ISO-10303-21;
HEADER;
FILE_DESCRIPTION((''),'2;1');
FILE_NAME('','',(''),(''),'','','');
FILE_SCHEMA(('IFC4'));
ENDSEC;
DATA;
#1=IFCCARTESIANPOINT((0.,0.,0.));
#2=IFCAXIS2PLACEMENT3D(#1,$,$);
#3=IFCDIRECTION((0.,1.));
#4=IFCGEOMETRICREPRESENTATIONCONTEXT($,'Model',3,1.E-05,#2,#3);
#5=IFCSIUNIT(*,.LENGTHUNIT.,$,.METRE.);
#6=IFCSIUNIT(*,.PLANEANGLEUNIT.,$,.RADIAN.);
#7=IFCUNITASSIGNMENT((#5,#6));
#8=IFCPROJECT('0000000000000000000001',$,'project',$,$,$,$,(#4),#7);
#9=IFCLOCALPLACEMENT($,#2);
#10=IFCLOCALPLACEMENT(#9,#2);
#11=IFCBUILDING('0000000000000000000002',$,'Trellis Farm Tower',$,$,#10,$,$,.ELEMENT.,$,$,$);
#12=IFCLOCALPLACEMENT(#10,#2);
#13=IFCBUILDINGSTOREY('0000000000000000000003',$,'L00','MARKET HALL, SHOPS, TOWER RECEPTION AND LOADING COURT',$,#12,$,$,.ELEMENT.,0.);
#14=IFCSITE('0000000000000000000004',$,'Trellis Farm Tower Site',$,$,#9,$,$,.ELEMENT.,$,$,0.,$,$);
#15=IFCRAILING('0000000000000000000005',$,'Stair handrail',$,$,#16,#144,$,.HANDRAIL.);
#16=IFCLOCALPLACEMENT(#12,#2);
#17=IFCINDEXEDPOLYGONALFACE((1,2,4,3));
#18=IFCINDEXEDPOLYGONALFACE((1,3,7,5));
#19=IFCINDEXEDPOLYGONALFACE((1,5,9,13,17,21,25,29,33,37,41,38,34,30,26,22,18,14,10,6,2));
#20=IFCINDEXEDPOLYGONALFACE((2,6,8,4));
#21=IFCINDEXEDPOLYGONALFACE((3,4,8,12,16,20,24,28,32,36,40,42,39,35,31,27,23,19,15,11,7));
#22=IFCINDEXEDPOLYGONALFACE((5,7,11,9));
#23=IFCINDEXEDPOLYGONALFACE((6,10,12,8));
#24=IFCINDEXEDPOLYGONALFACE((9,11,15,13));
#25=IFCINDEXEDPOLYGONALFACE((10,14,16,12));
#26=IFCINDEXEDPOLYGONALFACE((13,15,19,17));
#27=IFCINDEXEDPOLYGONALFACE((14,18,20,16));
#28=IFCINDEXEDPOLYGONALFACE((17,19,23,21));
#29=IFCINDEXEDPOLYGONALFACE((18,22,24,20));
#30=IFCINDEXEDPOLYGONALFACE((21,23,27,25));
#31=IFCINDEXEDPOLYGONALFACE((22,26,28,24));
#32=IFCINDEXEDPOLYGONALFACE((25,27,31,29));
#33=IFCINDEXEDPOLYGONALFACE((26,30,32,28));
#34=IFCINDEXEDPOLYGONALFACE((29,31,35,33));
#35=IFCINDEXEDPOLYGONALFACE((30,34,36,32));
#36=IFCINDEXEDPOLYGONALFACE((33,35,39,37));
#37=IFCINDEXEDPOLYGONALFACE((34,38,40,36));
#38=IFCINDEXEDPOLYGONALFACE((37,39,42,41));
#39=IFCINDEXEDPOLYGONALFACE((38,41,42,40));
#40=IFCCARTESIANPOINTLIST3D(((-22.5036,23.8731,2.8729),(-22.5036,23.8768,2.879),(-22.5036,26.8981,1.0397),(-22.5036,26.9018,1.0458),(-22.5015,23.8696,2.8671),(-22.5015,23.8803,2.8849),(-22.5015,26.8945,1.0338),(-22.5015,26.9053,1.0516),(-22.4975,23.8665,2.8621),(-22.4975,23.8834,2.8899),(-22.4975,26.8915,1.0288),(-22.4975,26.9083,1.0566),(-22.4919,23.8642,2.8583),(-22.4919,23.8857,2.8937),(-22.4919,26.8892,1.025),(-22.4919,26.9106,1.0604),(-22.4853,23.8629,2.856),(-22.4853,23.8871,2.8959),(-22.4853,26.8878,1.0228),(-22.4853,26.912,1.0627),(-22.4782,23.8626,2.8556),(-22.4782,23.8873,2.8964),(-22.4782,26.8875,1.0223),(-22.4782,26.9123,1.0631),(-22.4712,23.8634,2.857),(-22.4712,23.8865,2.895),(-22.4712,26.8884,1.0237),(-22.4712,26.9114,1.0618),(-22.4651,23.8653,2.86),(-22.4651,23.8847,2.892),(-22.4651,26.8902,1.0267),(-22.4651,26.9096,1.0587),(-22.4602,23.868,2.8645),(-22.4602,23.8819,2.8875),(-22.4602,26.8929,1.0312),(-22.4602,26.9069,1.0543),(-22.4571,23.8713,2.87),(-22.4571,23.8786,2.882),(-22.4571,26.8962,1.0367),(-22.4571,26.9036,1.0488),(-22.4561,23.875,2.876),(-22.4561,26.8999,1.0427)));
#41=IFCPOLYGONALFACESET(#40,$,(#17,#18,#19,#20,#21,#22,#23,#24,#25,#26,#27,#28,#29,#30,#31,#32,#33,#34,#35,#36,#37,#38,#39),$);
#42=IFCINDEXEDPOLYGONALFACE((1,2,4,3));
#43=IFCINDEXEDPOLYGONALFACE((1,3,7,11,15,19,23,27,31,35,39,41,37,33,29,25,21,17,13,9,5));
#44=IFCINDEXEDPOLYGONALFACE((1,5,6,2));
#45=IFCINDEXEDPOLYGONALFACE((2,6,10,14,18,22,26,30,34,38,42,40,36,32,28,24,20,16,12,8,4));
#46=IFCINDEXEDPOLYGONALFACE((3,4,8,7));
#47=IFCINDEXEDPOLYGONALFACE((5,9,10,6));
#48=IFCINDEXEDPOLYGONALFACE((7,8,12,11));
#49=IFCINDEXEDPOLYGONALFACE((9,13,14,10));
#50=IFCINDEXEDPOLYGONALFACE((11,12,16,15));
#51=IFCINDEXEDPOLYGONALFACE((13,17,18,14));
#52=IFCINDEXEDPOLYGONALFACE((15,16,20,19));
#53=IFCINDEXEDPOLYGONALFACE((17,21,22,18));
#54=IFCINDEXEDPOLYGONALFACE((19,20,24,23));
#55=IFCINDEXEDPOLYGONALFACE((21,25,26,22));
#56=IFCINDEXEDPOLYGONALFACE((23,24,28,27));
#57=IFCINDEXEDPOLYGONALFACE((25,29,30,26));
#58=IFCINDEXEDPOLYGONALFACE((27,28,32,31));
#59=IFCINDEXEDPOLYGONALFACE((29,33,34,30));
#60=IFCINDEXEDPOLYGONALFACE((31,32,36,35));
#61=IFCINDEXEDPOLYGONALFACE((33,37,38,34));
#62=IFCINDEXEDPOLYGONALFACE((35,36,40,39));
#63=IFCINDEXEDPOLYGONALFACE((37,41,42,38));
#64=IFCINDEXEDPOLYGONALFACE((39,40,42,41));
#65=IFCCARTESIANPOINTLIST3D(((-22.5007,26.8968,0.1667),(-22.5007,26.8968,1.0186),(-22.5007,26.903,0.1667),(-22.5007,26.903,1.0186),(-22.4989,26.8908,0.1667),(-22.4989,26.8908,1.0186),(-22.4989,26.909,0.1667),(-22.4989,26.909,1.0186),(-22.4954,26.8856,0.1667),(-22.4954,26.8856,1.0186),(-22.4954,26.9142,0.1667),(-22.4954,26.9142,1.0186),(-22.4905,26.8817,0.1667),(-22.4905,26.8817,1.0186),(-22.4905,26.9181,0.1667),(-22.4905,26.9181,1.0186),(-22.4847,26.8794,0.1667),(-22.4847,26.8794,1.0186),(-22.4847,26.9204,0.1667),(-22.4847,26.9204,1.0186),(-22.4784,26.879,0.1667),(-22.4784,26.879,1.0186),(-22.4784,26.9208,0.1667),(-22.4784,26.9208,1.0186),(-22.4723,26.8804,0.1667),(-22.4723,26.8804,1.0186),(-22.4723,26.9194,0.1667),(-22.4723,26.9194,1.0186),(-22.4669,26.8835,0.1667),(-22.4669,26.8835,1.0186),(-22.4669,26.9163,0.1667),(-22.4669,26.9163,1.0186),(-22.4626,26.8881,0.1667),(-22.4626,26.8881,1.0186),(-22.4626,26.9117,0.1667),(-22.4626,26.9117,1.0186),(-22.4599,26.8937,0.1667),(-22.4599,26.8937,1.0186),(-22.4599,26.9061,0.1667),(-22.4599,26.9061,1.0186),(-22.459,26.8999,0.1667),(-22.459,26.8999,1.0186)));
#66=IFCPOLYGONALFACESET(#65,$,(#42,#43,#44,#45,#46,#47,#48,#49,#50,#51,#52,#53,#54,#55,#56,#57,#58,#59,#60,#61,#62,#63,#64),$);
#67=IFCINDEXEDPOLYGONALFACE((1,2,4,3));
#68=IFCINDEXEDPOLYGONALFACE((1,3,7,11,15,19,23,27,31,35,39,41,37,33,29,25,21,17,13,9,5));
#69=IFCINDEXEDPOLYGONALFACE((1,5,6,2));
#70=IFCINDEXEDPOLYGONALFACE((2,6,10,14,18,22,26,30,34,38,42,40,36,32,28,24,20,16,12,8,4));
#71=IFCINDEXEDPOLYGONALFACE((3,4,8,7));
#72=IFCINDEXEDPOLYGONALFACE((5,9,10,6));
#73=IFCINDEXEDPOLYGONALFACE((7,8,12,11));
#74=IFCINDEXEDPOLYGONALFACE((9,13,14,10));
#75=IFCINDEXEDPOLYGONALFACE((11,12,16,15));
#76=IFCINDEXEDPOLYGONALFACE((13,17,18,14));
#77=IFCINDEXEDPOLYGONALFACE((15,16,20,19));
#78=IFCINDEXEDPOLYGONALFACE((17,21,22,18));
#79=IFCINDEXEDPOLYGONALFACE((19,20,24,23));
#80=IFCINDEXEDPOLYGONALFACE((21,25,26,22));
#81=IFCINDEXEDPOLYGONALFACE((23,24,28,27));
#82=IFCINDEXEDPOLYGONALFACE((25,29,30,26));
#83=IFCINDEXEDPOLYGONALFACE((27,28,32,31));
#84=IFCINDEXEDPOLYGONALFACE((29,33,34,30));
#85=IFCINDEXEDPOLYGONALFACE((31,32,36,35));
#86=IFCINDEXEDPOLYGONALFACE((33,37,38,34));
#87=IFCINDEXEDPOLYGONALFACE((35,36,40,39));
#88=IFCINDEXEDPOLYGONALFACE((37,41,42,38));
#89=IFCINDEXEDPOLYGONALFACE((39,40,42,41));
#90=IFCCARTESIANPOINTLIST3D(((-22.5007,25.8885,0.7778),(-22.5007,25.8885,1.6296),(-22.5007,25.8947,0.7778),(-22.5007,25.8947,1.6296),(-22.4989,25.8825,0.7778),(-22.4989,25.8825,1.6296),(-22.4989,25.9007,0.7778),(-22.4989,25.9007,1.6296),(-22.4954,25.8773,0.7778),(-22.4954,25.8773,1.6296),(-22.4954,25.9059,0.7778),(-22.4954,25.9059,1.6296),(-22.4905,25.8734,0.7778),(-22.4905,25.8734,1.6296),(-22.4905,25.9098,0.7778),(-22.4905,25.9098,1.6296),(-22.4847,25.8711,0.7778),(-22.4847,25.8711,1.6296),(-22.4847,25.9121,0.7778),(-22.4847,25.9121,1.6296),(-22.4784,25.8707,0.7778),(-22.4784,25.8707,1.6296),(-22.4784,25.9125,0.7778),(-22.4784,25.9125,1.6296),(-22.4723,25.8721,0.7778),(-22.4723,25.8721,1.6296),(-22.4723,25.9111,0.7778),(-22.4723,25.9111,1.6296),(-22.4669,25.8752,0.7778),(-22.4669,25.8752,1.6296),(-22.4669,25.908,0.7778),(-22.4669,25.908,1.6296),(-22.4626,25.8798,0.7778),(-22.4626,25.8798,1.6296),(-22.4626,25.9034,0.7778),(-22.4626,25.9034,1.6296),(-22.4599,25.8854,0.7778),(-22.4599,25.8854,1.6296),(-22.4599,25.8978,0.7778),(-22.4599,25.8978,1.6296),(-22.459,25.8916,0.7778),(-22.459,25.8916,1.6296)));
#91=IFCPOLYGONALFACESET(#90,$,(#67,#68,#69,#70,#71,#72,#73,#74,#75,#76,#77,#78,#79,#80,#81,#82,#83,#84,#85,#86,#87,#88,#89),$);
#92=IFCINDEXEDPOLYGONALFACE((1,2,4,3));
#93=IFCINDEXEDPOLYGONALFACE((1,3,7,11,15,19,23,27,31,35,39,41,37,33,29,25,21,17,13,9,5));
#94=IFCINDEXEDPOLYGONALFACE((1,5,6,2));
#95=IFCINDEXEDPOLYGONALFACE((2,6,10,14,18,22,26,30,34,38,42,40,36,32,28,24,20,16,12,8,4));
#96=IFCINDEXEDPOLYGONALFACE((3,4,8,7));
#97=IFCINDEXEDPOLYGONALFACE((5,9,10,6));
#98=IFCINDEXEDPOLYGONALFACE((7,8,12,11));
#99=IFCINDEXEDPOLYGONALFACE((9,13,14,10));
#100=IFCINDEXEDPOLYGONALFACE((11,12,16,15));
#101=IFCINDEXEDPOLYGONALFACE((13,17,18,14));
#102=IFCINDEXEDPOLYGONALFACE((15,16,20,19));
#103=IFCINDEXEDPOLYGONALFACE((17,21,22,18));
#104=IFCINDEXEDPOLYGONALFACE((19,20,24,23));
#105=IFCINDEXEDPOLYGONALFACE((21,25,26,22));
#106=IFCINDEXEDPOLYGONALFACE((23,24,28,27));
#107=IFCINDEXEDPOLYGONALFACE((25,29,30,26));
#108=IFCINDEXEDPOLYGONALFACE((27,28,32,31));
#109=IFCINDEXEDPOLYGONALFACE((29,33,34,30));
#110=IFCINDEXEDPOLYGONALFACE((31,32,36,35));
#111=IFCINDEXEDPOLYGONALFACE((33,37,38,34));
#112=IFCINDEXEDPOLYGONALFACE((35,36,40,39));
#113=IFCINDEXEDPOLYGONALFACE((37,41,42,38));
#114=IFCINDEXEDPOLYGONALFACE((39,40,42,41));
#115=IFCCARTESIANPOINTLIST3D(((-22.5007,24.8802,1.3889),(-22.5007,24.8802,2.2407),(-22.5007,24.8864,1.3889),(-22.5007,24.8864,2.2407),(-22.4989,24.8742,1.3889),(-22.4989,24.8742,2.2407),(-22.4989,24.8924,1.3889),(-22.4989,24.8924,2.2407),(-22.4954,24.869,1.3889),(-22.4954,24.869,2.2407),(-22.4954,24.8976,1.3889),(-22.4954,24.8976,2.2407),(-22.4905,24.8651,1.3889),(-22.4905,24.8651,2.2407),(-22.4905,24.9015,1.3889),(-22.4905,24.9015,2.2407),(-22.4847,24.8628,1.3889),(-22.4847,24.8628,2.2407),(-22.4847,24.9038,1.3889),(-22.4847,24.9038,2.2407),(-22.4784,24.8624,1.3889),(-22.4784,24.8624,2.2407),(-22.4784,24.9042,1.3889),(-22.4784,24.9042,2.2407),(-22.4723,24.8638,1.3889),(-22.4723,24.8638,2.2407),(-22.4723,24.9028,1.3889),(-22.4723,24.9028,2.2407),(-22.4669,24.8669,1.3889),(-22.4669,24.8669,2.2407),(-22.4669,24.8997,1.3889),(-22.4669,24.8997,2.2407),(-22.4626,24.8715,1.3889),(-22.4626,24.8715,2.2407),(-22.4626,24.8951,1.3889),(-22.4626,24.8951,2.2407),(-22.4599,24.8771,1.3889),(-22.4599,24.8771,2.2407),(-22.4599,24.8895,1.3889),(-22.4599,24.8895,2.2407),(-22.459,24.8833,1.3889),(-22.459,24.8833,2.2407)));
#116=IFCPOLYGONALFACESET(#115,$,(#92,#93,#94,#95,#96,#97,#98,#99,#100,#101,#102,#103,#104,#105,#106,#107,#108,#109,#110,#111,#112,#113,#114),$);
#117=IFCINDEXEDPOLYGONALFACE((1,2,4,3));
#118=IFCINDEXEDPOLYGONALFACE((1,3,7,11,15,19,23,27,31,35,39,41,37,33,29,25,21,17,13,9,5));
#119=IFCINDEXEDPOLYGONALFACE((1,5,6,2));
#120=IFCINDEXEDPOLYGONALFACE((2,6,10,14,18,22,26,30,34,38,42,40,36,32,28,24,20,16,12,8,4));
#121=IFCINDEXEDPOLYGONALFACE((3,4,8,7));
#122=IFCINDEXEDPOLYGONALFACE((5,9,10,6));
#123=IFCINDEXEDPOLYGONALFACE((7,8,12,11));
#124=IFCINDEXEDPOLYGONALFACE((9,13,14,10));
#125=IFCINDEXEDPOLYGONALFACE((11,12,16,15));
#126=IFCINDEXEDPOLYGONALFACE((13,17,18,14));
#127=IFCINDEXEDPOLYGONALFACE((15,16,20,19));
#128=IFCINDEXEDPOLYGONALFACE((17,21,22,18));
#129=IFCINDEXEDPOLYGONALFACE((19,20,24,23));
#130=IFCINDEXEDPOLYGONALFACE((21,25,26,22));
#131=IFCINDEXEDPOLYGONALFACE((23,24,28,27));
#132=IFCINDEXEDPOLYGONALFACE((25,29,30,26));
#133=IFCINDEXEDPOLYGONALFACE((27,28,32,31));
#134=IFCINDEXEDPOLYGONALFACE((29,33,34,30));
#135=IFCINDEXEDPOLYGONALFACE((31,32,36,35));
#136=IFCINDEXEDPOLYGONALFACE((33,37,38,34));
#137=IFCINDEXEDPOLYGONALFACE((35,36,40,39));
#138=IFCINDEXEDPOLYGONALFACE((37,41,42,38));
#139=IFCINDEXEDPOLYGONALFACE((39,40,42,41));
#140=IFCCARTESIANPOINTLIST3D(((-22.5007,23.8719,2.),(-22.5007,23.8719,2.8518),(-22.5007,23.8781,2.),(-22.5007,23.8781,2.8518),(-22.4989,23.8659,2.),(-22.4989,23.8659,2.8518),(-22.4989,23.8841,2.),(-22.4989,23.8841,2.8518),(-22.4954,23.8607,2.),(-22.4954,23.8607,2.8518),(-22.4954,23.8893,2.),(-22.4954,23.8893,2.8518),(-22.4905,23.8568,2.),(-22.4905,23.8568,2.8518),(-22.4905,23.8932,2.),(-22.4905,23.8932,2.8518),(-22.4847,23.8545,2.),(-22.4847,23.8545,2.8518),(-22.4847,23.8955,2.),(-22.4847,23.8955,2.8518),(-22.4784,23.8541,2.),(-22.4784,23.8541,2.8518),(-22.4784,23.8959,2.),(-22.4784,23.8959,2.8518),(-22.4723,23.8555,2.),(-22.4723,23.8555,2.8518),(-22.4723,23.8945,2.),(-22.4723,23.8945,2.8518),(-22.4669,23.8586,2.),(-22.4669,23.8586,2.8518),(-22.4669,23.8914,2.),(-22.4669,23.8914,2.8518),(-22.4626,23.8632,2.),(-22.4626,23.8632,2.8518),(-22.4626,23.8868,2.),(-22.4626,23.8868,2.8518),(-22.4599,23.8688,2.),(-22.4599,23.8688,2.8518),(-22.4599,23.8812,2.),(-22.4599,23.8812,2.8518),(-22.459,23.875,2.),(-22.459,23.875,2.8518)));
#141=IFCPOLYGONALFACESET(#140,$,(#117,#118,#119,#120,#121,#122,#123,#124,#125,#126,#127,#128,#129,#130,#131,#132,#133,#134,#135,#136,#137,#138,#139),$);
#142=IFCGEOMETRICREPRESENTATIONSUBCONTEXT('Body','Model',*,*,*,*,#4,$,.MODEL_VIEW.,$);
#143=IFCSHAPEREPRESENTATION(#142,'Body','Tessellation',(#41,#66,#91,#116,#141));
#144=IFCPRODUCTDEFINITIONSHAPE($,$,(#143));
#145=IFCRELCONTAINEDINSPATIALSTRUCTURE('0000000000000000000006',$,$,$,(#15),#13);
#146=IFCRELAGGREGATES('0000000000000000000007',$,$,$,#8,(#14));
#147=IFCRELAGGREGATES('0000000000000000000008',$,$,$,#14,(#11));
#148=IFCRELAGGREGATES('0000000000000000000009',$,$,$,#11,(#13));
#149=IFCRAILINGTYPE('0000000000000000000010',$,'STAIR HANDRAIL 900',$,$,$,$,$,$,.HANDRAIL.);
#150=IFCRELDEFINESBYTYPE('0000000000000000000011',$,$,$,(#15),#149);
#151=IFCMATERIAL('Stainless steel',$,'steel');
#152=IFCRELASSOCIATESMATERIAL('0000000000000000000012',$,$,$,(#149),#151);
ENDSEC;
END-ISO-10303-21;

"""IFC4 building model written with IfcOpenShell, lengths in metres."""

from ifc_helpers import new_model, si_unit, direction, frame, origin, origin_2d, place, context, subcontext, project, spatial, circle, extrude, source, transform, mapped, material, type_object, element, save


model = new_model("IFC4")

# Units and contexts
model_context = context("Model", 3, precision=1e-05, world=origin(), true_north=direction((0.0, 1.0)))
body_context = subcontext(model_context, "Body", "Model", "MODEL_VIEW")
ifc_project = project(units=[si_unit("LENGTHUNIT", "METRE"), si_unit("PLANEANGLEUNIT", "RADIAN")], contexts=[model_context])

# Site, building, storey
site_placement = place(None, origin())
site = spatial("IfcSite", under=ifc_project, at=site_placement, Name="Trellis Farm Tower Site", CompositionType="ELEMENT", RefElevation=0.0)
building_placement = place(site_placement, origin())
building = spatial("IfcBuilding", under=site, at=building_placement, Name="Trellis Farm Tower", CompositionType="ELEMENT")
storey_placement = place(building_placement, origin())
storey = spatial("IfcBuildingStorey", under=building, at=storey_placement, Name="L00", Description="MARKET HALL, SHOPS, TOWER RECEPTION AND LOADING COURT", CompositionType="ELEMENT", Elevation=0.0)

# Railing
ifc_material_1 = material(Name="Stainless steel", Category="steel")
railing_type = type_object("IfcRailingType", Name="STAIR HANDRAIL 900", PredefinedType="HANDRAIL", material=ifc_material_1)
shared_shape_1 = source(origin(), body_context, "Body", "SweptSolid", [
    extrude(circle(Radius=0.0239, at=origin_2d()), frame((0.0, 0.0, 0.876), z_axis=(0.0, -0.855201, 0.518297), x_axis=(1.0, 0.0, 0.0)), (0.0, 0.0, 1.0), 3.5371),
    extrude(circle(Radius=0.021, at=origin_2d()), origin(), (0.0, 0.0, 1.0), 0.8518),
    extrude(circle(Radius=0.021, at=origin_2d()), frame((0.0, -1.0083, 0.6111)), (0.0, 0.0, 1.0), 0.8518),
    extrude(circle(Radius=0.021, at=origin_2d()), frame((0.0, -2.0166, 1.2222)), (0.0, 0.0, 1.0), 0.8518),
    extrude(circle(Radius=0.021, at=origin_2d()), frame((0.0, -3.0249, 1.8333)), (0.0, 0.0, 1.0), 0.8518),
])
for number, where, name in (
    (1, (-22.48, 26.8999, 0.1667), "Stair handrail"),
):
    element("IfcRailing", number, at=place(storey_placement, frame(where)), inside=storey, type_object=railing_type, Name=name, PredefinedType="HANDRAIL", context=body_context, shape_type="MappedRepresentation", body=[
        mapped(shared_shape_1, transform((0.0, 0.0, 0.0))),
    ])

save(model, "model.ifc")
